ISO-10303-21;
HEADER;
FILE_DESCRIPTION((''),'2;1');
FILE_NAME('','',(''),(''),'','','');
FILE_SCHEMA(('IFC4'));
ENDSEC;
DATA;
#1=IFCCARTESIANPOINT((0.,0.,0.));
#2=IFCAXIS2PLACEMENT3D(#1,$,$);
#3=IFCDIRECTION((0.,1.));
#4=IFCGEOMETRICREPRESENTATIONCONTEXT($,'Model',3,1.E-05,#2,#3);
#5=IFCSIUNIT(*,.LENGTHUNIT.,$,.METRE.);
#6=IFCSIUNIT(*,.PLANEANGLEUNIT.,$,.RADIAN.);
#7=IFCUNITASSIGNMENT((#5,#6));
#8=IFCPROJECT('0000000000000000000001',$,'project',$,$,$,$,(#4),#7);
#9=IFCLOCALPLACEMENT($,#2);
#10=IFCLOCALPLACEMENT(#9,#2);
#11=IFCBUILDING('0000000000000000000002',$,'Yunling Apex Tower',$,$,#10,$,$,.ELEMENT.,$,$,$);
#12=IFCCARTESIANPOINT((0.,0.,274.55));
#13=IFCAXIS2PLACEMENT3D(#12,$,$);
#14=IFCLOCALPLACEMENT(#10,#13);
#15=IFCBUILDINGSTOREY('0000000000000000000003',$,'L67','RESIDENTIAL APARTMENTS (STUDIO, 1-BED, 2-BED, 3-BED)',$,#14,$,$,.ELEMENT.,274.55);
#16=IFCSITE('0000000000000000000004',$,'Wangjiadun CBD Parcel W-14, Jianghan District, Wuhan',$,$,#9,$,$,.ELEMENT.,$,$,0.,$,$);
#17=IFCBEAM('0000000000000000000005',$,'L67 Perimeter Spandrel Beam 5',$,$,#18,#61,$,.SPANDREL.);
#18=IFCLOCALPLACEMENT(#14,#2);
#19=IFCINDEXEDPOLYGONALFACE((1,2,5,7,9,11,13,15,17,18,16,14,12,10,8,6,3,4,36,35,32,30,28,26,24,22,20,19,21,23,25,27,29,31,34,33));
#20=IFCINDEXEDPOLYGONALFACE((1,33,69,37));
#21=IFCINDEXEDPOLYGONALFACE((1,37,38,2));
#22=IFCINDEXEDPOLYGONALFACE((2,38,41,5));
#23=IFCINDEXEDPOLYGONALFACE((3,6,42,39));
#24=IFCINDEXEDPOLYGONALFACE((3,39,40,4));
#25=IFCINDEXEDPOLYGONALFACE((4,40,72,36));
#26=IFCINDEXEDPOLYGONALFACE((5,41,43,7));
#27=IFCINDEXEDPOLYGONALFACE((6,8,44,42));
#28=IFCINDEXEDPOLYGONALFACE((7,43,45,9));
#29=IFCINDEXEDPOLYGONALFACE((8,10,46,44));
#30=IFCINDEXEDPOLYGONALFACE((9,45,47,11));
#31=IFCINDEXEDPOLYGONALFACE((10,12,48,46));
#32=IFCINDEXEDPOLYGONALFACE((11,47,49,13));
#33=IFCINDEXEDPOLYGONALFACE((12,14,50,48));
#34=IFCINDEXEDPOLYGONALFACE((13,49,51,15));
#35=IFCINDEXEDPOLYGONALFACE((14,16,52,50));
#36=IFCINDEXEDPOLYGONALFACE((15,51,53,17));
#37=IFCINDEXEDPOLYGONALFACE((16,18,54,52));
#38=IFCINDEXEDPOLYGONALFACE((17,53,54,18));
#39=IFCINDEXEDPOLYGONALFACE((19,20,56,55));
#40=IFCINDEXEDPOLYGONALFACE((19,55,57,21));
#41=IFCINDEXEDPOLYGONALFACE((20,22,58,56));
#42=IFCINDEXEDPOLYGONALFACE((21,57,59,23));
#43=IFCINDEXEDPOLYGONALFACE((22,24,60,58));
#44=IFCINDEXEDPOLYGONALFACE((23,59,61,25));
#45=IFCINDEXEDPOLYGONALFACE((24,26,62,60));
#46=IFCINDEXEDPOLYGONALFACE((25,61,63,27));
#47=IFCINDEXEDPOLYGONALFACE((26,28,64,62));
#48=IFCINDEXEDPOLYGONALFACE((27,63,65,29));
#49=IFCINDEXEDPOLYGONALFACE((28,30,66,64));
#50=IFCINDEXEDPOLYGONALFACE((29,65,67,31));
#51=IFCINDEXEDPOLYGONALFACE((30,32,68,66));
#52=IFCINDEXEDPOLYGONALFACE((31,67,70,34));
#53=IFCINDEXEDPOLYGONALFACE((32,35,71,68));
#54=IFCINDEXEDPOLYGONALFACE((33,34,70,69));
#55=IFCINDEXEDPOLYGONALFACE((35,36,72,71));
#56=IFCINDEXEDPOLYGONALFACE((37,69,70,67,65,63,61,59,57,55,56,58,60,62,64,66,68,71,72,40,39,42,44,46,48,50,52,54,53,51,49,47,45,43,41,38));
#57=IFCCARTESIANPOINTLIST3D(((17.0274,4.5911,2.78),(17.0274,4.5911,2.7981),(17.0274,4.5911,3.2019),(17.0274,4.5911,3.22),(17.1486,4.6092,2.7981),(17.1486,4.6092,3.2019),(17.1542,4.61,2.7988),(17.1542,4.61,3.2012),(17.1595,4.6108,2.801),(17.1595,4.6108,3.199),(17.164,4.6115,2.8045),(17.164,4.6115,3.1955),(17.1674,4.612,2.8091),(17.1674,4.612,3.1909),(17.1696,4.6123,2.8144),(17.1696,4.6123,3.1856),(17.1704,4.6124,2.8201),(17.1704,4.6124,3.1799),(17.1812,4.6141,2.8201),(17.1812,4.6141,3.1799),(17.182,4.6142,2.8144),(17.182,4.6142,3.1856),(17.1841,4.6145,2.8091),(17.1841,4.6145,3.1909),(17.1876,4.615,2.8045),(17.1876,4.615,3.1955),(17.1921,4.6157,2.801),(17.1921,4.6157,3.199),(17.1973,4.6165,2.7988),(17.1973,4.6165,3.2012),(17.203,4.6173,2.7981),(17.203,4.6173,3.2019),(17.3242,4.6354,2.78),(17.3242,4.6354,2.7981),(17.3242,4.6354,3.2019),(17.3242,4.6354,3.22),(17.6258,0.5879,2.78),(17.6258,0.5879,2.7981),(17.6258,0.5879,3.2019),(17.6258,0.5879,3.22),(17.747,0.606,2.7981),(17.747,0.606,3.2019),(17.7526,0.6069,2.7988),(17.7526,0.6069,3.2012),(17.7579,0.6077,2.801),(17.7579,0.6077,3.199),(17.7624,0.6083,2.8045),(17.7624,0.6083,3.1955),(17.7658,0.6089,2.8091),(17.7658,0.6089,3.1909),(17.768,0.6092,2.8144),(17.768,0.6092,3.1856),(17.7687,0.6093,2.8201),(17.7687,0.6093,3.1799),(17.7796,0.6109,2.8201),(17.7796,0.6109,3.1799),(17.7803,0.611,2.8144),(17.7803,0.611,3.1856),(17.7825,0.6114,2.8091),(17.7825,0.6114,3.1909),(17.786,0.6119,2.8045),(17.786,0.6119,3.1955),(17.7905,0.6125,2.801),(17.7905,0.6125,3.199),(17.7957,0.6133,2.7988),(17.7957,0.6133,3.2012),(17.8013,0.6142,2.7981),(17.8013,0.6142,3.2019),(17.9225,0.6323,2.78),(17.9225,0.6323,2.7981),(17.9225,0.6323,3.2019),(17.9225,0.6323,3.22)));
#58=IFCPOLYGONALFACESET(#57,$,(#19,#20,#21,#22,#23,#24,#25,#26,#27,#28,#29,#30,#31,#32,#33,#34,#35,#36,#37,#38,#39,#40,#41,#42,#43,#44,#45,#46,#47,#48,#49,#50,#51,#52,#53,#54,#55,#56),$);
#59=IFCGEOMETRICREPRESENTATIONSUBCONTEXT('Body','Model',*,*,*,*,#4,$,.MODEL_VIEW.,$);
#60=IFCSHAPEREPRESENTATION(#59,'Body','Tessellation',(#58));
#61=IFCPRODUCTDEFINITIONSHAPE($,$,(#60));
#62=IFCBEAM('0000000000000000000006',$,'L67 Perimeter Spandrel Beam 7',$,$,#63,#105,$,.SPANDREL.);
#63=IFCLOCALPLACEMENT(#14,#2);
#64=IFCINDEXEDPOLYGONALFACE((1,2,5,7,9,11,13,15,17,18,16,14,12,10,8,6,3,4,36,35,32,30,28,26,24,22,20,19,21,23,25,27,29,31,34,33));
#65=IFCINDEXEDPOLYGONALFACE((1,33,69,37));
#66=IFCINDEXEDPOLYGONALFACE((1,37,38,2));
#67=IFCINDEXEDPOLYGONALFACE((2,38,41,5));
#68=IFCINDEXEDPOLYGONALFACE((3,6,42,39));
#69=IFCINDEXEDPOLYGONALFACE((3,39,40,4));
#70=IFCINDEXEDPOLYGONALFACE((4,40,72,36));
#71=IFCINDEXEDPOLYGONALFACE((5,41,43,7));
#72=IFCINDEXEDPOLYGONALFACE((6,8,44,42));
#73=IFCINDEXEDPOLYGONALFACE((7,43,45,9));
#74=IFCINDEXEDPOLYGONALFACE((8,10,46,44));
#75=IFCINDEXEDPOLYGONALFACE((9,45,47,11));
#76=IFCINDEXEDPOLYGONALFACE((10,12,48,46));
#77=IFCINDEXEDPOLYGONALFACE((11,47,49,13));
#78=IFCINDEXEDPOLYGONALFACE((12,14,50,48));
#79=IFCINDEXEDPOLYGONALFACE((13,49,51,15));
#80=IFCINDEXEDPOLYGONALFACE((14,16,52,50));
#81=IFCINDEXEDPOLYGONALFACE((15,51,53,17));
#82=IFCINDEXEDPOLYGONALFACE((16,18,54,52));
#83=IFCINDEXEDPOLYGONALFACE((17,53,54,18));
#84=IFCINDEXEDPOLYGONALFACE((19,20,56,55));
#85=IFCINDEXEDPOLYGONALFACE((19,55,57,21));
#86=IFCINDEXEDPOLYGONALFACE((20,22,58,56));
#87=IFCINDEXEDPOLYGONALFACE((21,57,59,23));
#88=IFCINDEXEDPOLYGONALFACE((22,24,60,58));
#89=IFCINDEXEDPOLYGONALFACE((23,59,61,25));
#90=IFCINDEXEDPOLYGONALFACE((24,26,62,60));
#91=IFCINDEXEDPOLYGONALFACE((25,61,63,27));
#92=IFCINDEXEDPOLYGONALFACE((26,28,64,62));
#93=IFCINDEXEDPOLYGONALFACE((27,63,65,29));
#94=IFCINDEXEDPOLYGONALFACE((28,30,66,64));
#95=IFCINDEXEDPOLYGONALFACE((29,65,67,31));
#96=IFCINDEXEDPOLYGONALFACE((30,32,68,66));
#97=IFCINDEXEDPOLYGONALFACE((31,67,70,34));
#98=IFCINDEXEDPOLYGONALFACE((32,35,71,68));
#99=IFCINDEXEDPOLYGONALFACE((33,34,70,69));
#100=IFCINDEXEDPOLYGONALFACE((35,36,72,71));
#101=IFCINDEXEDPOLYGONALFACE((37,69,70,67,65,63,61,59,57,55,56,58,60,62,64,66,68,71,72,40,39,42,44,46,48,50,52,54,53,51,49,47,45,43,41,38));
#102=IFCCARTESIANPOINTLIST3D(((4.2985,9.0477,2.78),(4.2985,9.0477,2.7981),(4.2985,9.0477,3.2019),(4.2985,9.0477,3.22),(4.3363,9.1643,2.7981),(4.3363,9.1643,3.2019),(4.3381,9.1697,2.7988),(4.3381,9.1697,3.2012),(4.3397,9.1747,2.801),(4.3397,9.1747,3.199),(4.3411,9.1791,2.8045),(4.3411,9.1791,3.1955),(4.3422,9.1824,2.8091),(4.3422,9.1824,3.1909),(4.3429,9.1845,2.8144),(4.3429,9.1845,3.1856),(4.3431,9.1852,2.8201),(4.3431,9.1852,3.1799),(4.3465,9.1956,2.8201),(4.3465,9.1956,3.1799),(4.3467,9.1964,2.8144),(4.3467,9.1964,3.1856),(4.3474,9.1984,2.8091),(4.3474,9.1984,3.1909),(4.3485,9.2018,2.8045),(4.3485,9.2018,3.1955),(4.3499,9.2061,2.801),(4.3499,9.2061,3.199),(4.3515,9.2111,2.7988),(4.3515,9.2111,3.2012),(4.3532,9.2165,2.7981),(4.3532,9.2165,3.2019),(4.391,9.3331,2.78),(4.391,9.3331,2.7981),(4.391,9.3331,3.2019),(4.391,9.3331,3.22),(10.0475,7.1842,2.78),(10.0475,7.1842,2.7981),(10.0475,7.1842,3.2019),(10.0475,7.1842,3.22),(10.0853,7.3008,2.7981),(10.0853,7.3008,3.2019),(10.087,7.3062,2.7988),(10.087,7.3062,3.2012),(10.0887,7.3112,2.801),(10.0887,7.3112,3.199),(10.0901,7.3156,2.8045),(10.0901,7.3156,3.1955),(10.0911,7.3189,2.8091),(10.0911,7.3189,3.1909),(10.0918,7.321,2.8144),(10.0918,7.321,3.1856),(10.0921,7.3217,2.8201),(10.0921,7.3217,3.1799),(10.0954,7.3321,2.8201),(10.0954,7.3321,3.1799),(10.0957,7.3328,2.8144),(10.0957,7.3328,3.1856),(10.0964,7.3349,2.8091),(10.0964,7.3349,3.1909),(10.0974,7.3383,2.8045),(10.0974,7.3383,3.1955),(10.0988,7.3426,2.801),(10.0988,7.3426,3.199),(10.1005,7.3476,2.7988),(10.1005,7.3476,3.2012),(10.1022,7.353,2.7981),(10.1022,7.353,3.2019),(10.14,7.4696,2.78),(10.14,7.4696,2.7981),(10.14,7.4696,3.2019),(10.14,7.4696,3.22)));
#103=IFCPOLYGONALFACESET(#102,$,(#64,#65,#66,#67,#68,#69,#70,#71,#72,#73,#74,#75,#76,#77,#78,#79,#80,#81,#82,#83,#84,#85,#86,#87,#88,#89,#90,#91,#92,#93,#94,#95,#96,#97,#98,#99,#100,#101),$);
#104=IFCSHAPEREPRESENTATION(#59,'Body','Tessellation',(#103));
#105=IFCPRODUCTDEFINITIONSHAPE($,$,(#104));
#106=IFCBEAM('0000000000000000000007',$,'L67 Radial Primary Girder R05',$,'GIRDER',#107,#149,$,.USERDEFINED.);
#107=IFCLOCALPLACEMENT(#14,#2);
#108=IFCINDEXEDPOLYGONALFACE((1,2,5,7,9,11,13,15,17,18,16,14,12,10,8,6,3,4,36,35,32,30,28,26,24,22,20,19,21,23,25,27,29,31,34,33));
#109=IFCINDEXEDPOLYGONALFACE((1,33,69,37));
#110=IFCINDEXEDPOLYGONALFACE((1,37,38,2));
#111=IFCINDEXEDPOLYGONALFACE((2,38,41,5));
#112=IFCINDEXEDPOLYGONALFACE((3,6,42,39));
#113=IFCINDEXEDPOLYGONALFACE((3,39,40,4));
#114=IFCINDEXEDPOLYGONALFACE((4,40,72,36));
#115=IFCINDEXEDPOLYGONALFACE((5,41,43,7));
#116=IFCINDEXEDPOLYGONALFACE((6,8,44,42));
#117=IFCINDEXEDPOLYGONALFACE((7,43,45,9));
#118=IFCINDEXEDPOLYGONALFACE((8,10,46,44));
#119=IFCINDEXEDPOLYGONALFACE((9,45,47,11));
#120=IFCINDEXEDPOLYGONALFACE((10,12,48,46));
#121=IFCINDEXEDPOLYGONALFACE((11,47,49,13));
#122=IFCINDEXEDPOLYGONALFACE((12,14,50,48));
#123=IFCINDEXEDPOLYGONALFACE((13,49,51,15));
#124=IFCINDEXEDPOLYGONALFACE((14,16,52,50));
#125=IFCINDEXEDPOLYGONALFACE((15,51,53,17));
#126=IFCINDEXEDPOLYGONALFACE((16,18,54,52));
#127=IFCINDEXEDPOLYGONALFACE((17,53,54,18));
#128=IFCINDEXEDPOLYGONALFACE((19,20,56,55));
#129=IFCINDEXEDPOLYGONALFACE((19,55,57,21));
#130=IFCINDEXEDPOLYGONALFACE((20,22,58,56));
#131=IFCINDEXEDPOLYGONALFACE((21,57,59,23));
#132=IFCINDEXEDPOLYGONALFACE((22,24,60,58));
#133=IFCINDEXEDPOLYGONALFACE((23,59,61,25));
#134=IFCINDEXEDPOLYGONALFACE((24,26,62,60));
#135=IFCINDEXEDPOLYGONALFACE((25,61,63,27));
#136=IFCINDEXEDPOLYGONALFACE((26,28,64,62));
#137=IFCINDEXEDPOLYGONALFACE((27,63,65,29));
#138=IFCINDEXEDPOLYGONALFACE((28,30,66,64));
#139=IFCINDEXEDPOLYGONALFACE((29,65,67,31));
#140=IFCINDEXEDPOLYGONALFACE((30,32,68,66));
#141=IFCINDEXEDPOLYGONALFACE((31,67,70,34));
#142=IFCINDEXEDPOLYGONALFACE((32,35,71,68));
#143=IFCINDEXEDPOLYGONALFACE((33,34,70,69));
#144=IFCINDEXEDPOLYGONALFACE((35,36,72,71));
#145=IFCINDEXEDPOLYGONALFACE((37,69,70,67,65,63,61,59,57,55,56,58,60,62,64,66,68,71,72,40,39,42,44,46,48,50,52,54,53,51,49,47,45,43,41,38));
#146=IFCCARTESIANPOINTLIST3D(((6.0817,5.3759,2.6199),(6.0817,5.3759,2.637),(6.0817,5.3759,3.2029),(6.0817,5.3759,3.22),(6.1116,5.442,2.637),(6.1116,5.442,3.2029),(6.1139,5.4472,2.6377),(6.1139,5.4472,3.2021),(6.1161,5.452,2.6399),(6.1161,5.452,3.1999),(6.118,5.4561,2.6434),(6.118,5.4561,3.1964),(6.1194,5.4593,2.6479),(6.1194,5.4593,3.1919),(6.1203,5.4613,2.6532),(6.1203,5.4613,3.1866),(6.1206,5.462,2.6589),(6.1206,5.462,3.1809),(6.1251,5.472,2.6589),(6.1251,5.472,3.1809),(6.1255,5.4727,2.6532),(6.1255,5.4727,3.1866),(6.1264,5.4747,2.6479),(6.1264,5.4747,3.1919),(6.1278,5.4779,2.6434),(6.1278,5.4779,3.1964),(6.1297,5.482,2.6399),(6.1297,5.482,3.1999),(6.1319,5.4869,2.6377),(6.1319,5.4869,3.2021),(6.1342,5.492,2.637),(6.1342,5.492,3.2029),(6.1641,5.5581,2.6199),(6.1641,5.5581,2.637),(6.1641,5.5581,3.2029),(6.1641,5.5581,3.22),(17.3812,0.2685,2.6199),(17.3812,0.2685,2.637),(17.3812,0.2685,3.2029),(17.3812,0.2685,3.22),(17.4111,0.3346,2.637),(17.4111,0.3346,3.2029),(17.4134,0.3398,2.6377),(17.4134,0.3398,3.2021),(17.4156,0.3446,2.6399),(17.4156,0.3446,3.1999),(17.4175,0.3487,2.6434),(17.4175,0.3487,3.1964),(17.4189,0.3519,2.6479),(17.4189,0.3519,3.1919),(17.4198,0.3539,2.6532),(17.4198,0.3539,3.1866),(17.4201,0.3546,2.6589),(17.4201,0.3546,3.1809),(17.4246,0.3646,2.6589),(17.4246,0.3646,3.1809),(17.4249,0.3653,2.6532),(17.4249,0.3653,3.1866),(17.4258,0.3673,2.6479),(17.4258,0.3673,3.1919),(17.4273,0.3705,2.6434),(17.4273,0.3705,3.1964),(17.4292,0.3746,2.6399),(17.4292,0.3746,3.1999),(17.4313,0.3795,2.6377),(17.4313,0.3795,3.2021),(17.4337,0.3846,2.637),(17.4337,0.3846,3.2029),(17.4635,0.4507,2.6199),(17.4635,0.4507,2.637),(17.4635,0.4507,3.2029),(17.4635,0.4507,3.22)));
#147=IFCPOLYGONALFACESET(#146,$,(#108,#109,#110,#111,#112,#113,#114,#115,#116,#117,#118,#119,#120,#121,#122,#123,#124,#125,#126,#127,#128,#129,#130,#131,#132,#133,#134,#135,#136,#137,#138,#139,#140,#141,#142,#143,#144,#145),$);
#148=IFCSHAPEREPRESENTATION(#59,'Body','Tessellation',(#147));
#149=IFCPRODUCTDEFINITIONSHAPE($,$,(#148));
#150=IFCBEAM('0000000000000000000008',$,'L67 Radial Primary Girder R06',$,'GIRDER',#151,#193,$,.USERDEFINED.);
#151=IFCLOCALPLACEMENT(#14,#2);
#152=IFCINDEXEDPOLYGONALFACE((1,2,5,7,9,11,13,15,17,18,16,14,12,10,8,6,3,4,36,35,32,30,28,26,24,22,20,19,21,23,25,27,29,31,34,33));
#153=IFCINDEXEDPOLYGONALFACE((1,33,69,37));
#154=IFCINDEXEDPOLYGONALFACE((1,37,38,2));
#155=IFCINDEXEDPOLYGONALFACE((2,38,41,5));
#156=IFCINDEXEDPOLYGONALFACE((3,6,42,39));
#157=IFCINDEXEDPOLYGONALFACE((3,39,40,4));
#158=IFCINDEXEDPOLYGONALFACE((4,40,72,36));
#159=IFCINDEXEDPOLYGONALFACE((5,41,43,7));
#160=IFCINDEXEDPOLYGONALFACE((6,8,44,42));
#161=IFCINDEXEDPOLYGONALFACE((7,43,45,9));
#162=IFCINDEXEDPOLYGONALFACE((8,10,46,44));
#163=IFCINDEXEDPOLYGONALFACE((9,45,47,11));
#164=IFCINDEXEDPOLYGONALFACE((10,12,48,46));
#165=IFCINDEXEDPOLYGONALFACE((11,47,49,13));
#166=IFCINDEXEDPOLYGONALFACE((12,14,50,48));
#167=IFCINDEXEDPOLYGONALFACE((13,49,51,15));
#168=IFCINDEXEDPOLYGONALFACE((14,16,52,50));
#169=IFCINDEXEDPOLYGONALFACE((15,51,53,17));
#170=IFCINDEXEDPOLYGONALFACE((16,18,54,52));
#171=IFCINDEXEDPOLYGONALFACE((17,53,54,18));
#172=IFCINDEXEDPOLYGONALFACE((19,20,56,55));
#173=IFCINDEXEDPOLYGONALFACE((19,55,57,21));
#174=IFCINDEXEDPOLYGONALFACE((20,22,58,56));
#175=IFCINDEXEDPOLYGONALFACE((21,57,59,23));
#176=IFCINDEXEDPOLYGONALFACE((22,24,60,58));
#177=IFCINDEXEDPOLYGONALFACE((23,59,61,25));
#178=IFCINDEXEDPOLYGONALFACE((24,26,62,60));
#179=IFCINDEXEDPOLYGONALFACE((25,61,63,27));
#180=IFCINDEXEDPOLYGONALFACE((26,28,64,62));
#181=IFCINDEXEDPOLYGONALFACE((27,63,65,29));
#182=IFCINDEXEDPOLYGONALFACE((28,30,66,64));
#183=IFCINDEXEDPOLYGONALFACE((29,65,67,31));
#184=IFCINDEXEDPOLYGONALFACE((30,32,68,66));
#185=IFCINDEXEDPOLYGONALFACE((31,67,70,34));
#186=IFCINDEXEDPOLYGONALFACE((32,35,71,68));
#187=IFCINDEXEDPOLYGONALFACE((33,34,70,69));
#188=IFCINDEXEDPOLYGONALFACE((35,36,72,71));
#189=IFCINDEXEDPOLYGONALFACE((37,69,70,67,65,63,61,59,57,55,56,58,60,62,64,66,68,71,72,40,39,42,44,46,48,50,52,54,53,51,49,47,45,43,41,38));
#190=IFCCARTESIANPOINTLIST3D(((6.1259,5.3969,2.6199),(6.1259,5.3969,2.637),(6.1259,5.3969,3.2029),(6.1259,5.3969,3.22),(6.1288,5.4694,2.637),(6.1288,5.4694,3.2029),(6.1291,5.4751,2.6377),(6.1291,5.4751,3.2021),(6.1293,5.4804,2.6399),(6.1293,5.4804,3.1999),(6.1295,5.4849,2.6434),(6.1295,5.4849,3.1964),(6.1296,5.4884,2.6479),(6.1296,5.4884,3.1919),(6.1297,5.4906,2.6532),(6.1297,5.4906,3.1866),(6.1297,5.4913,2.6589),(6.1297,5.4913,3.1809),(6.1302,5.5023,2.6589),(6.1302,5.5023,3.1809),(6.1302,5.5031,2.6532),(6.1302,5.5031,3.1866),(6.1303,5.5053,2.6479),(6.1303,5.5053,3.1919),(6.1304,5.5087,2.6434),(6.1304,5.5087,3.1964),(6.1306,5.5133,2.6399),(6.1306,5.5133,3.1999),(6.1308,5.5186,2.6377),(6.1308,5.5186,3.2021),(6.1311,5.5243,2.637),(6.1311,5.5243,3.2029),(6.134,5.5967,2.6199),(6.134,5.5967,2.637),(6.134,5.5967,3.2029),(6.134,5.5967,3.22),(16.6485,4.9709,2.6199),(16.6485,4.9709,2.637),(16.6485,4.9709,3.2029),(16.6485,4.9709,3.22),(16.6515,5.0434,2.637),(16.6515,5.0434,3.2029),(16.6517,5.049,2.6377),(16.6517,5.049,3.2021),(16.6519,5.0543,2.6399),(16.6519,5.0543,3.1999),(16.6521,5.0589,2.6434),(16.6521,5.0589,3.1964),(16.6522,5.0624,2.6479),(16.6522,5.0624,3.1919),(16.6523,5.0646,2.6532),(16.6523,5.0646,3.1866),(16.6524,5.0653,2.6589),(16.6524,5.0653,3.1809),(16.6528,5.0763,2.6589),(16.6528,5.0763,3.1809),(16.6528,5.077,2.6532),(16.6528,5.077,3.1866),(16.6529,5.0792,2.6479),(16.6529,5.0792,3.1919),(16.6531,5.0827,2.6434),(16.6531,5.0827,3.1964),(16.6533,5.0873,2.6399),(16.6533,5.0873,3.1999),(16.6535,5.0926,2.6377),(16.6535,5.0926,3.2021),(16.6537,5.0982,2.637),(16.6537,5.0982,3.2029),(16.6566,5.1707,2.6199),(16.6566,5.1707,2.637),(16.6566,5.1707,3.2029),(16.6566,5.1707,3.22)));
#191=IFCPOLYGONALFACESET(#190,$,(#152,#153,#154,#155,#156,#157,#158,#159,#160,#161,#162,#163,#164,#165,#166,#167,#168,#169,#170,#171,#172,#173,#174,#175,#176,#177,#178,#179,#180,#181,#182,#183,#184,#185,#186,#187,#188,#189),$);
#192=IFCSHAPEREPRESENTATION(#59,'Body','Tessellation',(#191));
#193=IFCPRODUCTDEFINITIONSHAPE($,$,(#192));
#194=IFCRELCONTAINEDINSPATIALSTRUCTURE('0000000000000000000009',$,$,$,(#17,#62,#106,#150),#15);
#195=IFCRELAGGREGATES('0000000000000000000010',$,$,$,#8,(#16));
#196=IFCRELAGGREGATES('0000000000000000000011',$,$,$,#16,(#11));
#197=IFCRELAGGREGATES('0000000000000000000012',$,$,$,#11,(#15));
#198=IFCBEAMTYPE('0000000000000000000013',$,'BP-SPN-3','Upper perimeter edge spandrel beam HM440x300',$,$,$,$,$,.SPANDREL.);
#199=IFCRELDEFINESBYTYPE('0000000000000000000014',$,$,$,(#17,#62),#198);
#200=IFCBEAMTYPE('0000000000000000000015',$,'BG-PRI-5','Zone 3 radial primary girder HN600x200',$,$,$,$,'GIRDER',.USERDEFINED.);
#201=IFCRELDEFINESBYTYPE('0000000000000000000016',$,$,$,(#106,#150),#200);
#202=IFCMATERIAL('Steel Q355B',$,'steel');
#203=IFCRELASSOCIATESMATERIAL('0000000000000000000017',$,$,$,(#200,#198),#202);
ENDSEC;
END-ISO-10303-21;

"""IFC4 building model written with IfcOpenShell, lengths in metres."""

from ifc_helpers import new_model, si_unit, direction, frame, origin, origin_2d, place, context, subcontext, project, spatial, i_section, extrude, source, transform, mapped, material, material_profile, profile_set, type_object, element, save


model = new_model("IFC4")

# Units and contexts
model_context = context("Model", 3, precision=1e-05, world=origin(), true_north=direction((0.0, 1.0)))
body_context = subcontext(model_context, "Body", "Model", "MODEL_VIEW")
ifc_project = project(units=[si_unit("LENGTHUNIT", "METRE"), si_unit("PLANEANGLEUNIT", "RADIAN")], contexts=[model_context])

# Site, building, storey
site_placement = place(None, origin())
site = spatial("IfcSite", under=ifc_project, at=site_placement, Name="Wangjiadun CBD Parcel W-14, Jianghan District, Wuhan", CompositionType="ELEMENT", RefElevation=0.0)
building_placement = place(site_placement, origin())
building = spatial("IfcBuilding", under=site, at=building_placement, Name="Yunling Apex Tower", CompositionType="ELEMENT")
storey_placement = place(building_placement, frame((0.0, 0.0, 274.55)))
storey = spatial("IfcBuildingStorey", under=building, at=storey_placement, Name="L67", Description="RESIDENTIAL APARTMENTS (STUDIO, 1-BED, 2-BED, 3-BED)", CompositionType="ELEMENT", Elevation=274.55)

# Shared definitions
ifc_material_1 = material(Name="Steel Q355B", Category="steel")

# Beams
ifc_material_profile_1 = material_profile(ifc_material_1, i_section(OverallWidth=0.2, OverallDepth=0.6001, WebThickness=0.011, FlangeThickness=0.0171, FilletRadius=0.022, at=origin_2d()))
ifc_profile_set_1 = profile_set([ifc_material_profile_1], Name="Steel Q355B")
beam_type_1 = type_object("IfcBeamType", Name="BG-PRI-5", Description="Zone 3 radial primary girder HN600x200", ElementType="GIRDER", PredefinedType="USERDEFINED", material=ifc_profile_set_1)
ifc_material_profile_2 = material_profile(ifc_material_1, i_section(OverallWidth=0.3, OverallDepth=0.4399, WebThickness=0.011, FlangeThickness=0.0181, FilletRadius=0.022, at=origin_2d()))
ifc_profile_set_2 = profile_set([ifc_material_profile_2], Name="Steel Q355B")
beam_type_2 = type_object("IfcBeamType", Name="BP-SPN-3", Description="Upper perimeter edge spandrel beam HM440x300", PredefinedType="SPANDREL", material=ifc_profile_set_2)
shared_shape_1 = source(origin(), body_context, "Body", "SweptSolid", [
    extrude(i_section(OverallWidth=0.3, OverallDepth=0.4399, WebThickness=0.011, FlangeThickness=0.0181, FilletRadius=0.022, at=origin_2d()), origin(), (0.0, 0.0, 1.0), 4.0476),
])
beam_1_placement = place(storey_placement, frame((17.7742, 0.6101, 3.0), z_axis=(-0.147836, 0.989012, 0.0), x_axis=(-0.989012, -0.147836, 0.0)))
element("IfcBeam", 1, at=beam_1_placement, inside=storey, type_object=beam_type_2, Name="L67 Perimeter Spandrel Beam 5", PredefinedType="SPANDREL", context=body_context, shape_type="MappedRepresentation", body=[
    mapped(shared_shape_1, transform((0.0, 0.0, 0.0), scale=1.0)),
])
shared_shape_2 = source(origin(), body_context, "Body", "SweptSolid", [
    extrude(i_section(OverallWidth=0.3, OverallDepth=0.4399, WebThickness=0.011, FlangeThickness=0.0181, FilletRadius=0.022, at=origin_2d()), origin(), (0.0, 0.0, 1.0), 6.0435),
])
beam_2_placement = place(storey_placement, frame((10.0938, 7.3269, 3.0), z_axis=(-0.951272, 0.308352, 0.0), x_axis=(-0.308352, -0.951272, 0.0)))
element("IfcBeam", 2, at=beam_2_placement, inside=storey, type_object=beam_type_2, Name="L67 Perimeter Spandrel Beam 7", PredefinedType="SPANDREL", context=body_context, shape_type="MappedRepresentation", body=[
    mapped(shared_shape_2, transform((0.0, 0.0, 0.0), scale=1.0)),
])
shared_shape_3 = source(origin(), body_context, "Body", "SweptSolid", [
    extrude(i_section(OverallWidth=0.2, OverallDepth=0.6001, WebThickness=0.011, FlangeThickness=0.0171, FilletRadius=0.022, at=origin_2d()), origin(), (0.0, 0.0, 1.0), 12.4001),
])
beam_3_placement = place(storey_placement, frame((17.4224, 0.3596, 2.9199), z_axis=(-0.911238, 0.411881, 0.0), x_axis=(-0.411881, -0.911238, 0.0)))
element("IfcBeam", 3, at=beam_3_placement, inside=storey, type_object=beam_type_1, Name="L67 Radial Primary Girder R05", ObjectType="GIRDER", PredefinedType="USERDEFINED", context=body_context, shape_type="MappedRepresentation", body=[
    mapped(shared_shape_3, transform((0.0, 0.0, 0.0), scale=1.0)),
])
shared_shape_4 = source(origin(), body_context, "Body", "SweptSolid", [
    extrude(i_section(OverallWidth=0.2, OverallDepth=0.6001, WebThickness=0.011, FlangeThickness=0.0171, FilletRadius=0.022, at=origin_2d()), origin(), (0.0, 0.0, 1.0), 10.5312),
])
beam_4_placement = place(storey_placement, frame((16.6526, 5.0708, 2.9199), z_axis=(-0.999181, 0.040453, 0.0), x_axis=(-0.040453, -0.999181, 0.0)))
element("IfcBeam", 4, at=beam_4_placement, inside=storey, type_object=beam_type_1, Name="L67 Radial Primary Girder R06", ObjectType="GIRDER", PredefinedType="USERDEFINED", context=body_context, shape_type="MappedRepresentation", body=[
    mapped(shared_shape_4, transform((0.0, 0.0, 0.0), scale=1.0)),
])

save(model, "model.ifc")
